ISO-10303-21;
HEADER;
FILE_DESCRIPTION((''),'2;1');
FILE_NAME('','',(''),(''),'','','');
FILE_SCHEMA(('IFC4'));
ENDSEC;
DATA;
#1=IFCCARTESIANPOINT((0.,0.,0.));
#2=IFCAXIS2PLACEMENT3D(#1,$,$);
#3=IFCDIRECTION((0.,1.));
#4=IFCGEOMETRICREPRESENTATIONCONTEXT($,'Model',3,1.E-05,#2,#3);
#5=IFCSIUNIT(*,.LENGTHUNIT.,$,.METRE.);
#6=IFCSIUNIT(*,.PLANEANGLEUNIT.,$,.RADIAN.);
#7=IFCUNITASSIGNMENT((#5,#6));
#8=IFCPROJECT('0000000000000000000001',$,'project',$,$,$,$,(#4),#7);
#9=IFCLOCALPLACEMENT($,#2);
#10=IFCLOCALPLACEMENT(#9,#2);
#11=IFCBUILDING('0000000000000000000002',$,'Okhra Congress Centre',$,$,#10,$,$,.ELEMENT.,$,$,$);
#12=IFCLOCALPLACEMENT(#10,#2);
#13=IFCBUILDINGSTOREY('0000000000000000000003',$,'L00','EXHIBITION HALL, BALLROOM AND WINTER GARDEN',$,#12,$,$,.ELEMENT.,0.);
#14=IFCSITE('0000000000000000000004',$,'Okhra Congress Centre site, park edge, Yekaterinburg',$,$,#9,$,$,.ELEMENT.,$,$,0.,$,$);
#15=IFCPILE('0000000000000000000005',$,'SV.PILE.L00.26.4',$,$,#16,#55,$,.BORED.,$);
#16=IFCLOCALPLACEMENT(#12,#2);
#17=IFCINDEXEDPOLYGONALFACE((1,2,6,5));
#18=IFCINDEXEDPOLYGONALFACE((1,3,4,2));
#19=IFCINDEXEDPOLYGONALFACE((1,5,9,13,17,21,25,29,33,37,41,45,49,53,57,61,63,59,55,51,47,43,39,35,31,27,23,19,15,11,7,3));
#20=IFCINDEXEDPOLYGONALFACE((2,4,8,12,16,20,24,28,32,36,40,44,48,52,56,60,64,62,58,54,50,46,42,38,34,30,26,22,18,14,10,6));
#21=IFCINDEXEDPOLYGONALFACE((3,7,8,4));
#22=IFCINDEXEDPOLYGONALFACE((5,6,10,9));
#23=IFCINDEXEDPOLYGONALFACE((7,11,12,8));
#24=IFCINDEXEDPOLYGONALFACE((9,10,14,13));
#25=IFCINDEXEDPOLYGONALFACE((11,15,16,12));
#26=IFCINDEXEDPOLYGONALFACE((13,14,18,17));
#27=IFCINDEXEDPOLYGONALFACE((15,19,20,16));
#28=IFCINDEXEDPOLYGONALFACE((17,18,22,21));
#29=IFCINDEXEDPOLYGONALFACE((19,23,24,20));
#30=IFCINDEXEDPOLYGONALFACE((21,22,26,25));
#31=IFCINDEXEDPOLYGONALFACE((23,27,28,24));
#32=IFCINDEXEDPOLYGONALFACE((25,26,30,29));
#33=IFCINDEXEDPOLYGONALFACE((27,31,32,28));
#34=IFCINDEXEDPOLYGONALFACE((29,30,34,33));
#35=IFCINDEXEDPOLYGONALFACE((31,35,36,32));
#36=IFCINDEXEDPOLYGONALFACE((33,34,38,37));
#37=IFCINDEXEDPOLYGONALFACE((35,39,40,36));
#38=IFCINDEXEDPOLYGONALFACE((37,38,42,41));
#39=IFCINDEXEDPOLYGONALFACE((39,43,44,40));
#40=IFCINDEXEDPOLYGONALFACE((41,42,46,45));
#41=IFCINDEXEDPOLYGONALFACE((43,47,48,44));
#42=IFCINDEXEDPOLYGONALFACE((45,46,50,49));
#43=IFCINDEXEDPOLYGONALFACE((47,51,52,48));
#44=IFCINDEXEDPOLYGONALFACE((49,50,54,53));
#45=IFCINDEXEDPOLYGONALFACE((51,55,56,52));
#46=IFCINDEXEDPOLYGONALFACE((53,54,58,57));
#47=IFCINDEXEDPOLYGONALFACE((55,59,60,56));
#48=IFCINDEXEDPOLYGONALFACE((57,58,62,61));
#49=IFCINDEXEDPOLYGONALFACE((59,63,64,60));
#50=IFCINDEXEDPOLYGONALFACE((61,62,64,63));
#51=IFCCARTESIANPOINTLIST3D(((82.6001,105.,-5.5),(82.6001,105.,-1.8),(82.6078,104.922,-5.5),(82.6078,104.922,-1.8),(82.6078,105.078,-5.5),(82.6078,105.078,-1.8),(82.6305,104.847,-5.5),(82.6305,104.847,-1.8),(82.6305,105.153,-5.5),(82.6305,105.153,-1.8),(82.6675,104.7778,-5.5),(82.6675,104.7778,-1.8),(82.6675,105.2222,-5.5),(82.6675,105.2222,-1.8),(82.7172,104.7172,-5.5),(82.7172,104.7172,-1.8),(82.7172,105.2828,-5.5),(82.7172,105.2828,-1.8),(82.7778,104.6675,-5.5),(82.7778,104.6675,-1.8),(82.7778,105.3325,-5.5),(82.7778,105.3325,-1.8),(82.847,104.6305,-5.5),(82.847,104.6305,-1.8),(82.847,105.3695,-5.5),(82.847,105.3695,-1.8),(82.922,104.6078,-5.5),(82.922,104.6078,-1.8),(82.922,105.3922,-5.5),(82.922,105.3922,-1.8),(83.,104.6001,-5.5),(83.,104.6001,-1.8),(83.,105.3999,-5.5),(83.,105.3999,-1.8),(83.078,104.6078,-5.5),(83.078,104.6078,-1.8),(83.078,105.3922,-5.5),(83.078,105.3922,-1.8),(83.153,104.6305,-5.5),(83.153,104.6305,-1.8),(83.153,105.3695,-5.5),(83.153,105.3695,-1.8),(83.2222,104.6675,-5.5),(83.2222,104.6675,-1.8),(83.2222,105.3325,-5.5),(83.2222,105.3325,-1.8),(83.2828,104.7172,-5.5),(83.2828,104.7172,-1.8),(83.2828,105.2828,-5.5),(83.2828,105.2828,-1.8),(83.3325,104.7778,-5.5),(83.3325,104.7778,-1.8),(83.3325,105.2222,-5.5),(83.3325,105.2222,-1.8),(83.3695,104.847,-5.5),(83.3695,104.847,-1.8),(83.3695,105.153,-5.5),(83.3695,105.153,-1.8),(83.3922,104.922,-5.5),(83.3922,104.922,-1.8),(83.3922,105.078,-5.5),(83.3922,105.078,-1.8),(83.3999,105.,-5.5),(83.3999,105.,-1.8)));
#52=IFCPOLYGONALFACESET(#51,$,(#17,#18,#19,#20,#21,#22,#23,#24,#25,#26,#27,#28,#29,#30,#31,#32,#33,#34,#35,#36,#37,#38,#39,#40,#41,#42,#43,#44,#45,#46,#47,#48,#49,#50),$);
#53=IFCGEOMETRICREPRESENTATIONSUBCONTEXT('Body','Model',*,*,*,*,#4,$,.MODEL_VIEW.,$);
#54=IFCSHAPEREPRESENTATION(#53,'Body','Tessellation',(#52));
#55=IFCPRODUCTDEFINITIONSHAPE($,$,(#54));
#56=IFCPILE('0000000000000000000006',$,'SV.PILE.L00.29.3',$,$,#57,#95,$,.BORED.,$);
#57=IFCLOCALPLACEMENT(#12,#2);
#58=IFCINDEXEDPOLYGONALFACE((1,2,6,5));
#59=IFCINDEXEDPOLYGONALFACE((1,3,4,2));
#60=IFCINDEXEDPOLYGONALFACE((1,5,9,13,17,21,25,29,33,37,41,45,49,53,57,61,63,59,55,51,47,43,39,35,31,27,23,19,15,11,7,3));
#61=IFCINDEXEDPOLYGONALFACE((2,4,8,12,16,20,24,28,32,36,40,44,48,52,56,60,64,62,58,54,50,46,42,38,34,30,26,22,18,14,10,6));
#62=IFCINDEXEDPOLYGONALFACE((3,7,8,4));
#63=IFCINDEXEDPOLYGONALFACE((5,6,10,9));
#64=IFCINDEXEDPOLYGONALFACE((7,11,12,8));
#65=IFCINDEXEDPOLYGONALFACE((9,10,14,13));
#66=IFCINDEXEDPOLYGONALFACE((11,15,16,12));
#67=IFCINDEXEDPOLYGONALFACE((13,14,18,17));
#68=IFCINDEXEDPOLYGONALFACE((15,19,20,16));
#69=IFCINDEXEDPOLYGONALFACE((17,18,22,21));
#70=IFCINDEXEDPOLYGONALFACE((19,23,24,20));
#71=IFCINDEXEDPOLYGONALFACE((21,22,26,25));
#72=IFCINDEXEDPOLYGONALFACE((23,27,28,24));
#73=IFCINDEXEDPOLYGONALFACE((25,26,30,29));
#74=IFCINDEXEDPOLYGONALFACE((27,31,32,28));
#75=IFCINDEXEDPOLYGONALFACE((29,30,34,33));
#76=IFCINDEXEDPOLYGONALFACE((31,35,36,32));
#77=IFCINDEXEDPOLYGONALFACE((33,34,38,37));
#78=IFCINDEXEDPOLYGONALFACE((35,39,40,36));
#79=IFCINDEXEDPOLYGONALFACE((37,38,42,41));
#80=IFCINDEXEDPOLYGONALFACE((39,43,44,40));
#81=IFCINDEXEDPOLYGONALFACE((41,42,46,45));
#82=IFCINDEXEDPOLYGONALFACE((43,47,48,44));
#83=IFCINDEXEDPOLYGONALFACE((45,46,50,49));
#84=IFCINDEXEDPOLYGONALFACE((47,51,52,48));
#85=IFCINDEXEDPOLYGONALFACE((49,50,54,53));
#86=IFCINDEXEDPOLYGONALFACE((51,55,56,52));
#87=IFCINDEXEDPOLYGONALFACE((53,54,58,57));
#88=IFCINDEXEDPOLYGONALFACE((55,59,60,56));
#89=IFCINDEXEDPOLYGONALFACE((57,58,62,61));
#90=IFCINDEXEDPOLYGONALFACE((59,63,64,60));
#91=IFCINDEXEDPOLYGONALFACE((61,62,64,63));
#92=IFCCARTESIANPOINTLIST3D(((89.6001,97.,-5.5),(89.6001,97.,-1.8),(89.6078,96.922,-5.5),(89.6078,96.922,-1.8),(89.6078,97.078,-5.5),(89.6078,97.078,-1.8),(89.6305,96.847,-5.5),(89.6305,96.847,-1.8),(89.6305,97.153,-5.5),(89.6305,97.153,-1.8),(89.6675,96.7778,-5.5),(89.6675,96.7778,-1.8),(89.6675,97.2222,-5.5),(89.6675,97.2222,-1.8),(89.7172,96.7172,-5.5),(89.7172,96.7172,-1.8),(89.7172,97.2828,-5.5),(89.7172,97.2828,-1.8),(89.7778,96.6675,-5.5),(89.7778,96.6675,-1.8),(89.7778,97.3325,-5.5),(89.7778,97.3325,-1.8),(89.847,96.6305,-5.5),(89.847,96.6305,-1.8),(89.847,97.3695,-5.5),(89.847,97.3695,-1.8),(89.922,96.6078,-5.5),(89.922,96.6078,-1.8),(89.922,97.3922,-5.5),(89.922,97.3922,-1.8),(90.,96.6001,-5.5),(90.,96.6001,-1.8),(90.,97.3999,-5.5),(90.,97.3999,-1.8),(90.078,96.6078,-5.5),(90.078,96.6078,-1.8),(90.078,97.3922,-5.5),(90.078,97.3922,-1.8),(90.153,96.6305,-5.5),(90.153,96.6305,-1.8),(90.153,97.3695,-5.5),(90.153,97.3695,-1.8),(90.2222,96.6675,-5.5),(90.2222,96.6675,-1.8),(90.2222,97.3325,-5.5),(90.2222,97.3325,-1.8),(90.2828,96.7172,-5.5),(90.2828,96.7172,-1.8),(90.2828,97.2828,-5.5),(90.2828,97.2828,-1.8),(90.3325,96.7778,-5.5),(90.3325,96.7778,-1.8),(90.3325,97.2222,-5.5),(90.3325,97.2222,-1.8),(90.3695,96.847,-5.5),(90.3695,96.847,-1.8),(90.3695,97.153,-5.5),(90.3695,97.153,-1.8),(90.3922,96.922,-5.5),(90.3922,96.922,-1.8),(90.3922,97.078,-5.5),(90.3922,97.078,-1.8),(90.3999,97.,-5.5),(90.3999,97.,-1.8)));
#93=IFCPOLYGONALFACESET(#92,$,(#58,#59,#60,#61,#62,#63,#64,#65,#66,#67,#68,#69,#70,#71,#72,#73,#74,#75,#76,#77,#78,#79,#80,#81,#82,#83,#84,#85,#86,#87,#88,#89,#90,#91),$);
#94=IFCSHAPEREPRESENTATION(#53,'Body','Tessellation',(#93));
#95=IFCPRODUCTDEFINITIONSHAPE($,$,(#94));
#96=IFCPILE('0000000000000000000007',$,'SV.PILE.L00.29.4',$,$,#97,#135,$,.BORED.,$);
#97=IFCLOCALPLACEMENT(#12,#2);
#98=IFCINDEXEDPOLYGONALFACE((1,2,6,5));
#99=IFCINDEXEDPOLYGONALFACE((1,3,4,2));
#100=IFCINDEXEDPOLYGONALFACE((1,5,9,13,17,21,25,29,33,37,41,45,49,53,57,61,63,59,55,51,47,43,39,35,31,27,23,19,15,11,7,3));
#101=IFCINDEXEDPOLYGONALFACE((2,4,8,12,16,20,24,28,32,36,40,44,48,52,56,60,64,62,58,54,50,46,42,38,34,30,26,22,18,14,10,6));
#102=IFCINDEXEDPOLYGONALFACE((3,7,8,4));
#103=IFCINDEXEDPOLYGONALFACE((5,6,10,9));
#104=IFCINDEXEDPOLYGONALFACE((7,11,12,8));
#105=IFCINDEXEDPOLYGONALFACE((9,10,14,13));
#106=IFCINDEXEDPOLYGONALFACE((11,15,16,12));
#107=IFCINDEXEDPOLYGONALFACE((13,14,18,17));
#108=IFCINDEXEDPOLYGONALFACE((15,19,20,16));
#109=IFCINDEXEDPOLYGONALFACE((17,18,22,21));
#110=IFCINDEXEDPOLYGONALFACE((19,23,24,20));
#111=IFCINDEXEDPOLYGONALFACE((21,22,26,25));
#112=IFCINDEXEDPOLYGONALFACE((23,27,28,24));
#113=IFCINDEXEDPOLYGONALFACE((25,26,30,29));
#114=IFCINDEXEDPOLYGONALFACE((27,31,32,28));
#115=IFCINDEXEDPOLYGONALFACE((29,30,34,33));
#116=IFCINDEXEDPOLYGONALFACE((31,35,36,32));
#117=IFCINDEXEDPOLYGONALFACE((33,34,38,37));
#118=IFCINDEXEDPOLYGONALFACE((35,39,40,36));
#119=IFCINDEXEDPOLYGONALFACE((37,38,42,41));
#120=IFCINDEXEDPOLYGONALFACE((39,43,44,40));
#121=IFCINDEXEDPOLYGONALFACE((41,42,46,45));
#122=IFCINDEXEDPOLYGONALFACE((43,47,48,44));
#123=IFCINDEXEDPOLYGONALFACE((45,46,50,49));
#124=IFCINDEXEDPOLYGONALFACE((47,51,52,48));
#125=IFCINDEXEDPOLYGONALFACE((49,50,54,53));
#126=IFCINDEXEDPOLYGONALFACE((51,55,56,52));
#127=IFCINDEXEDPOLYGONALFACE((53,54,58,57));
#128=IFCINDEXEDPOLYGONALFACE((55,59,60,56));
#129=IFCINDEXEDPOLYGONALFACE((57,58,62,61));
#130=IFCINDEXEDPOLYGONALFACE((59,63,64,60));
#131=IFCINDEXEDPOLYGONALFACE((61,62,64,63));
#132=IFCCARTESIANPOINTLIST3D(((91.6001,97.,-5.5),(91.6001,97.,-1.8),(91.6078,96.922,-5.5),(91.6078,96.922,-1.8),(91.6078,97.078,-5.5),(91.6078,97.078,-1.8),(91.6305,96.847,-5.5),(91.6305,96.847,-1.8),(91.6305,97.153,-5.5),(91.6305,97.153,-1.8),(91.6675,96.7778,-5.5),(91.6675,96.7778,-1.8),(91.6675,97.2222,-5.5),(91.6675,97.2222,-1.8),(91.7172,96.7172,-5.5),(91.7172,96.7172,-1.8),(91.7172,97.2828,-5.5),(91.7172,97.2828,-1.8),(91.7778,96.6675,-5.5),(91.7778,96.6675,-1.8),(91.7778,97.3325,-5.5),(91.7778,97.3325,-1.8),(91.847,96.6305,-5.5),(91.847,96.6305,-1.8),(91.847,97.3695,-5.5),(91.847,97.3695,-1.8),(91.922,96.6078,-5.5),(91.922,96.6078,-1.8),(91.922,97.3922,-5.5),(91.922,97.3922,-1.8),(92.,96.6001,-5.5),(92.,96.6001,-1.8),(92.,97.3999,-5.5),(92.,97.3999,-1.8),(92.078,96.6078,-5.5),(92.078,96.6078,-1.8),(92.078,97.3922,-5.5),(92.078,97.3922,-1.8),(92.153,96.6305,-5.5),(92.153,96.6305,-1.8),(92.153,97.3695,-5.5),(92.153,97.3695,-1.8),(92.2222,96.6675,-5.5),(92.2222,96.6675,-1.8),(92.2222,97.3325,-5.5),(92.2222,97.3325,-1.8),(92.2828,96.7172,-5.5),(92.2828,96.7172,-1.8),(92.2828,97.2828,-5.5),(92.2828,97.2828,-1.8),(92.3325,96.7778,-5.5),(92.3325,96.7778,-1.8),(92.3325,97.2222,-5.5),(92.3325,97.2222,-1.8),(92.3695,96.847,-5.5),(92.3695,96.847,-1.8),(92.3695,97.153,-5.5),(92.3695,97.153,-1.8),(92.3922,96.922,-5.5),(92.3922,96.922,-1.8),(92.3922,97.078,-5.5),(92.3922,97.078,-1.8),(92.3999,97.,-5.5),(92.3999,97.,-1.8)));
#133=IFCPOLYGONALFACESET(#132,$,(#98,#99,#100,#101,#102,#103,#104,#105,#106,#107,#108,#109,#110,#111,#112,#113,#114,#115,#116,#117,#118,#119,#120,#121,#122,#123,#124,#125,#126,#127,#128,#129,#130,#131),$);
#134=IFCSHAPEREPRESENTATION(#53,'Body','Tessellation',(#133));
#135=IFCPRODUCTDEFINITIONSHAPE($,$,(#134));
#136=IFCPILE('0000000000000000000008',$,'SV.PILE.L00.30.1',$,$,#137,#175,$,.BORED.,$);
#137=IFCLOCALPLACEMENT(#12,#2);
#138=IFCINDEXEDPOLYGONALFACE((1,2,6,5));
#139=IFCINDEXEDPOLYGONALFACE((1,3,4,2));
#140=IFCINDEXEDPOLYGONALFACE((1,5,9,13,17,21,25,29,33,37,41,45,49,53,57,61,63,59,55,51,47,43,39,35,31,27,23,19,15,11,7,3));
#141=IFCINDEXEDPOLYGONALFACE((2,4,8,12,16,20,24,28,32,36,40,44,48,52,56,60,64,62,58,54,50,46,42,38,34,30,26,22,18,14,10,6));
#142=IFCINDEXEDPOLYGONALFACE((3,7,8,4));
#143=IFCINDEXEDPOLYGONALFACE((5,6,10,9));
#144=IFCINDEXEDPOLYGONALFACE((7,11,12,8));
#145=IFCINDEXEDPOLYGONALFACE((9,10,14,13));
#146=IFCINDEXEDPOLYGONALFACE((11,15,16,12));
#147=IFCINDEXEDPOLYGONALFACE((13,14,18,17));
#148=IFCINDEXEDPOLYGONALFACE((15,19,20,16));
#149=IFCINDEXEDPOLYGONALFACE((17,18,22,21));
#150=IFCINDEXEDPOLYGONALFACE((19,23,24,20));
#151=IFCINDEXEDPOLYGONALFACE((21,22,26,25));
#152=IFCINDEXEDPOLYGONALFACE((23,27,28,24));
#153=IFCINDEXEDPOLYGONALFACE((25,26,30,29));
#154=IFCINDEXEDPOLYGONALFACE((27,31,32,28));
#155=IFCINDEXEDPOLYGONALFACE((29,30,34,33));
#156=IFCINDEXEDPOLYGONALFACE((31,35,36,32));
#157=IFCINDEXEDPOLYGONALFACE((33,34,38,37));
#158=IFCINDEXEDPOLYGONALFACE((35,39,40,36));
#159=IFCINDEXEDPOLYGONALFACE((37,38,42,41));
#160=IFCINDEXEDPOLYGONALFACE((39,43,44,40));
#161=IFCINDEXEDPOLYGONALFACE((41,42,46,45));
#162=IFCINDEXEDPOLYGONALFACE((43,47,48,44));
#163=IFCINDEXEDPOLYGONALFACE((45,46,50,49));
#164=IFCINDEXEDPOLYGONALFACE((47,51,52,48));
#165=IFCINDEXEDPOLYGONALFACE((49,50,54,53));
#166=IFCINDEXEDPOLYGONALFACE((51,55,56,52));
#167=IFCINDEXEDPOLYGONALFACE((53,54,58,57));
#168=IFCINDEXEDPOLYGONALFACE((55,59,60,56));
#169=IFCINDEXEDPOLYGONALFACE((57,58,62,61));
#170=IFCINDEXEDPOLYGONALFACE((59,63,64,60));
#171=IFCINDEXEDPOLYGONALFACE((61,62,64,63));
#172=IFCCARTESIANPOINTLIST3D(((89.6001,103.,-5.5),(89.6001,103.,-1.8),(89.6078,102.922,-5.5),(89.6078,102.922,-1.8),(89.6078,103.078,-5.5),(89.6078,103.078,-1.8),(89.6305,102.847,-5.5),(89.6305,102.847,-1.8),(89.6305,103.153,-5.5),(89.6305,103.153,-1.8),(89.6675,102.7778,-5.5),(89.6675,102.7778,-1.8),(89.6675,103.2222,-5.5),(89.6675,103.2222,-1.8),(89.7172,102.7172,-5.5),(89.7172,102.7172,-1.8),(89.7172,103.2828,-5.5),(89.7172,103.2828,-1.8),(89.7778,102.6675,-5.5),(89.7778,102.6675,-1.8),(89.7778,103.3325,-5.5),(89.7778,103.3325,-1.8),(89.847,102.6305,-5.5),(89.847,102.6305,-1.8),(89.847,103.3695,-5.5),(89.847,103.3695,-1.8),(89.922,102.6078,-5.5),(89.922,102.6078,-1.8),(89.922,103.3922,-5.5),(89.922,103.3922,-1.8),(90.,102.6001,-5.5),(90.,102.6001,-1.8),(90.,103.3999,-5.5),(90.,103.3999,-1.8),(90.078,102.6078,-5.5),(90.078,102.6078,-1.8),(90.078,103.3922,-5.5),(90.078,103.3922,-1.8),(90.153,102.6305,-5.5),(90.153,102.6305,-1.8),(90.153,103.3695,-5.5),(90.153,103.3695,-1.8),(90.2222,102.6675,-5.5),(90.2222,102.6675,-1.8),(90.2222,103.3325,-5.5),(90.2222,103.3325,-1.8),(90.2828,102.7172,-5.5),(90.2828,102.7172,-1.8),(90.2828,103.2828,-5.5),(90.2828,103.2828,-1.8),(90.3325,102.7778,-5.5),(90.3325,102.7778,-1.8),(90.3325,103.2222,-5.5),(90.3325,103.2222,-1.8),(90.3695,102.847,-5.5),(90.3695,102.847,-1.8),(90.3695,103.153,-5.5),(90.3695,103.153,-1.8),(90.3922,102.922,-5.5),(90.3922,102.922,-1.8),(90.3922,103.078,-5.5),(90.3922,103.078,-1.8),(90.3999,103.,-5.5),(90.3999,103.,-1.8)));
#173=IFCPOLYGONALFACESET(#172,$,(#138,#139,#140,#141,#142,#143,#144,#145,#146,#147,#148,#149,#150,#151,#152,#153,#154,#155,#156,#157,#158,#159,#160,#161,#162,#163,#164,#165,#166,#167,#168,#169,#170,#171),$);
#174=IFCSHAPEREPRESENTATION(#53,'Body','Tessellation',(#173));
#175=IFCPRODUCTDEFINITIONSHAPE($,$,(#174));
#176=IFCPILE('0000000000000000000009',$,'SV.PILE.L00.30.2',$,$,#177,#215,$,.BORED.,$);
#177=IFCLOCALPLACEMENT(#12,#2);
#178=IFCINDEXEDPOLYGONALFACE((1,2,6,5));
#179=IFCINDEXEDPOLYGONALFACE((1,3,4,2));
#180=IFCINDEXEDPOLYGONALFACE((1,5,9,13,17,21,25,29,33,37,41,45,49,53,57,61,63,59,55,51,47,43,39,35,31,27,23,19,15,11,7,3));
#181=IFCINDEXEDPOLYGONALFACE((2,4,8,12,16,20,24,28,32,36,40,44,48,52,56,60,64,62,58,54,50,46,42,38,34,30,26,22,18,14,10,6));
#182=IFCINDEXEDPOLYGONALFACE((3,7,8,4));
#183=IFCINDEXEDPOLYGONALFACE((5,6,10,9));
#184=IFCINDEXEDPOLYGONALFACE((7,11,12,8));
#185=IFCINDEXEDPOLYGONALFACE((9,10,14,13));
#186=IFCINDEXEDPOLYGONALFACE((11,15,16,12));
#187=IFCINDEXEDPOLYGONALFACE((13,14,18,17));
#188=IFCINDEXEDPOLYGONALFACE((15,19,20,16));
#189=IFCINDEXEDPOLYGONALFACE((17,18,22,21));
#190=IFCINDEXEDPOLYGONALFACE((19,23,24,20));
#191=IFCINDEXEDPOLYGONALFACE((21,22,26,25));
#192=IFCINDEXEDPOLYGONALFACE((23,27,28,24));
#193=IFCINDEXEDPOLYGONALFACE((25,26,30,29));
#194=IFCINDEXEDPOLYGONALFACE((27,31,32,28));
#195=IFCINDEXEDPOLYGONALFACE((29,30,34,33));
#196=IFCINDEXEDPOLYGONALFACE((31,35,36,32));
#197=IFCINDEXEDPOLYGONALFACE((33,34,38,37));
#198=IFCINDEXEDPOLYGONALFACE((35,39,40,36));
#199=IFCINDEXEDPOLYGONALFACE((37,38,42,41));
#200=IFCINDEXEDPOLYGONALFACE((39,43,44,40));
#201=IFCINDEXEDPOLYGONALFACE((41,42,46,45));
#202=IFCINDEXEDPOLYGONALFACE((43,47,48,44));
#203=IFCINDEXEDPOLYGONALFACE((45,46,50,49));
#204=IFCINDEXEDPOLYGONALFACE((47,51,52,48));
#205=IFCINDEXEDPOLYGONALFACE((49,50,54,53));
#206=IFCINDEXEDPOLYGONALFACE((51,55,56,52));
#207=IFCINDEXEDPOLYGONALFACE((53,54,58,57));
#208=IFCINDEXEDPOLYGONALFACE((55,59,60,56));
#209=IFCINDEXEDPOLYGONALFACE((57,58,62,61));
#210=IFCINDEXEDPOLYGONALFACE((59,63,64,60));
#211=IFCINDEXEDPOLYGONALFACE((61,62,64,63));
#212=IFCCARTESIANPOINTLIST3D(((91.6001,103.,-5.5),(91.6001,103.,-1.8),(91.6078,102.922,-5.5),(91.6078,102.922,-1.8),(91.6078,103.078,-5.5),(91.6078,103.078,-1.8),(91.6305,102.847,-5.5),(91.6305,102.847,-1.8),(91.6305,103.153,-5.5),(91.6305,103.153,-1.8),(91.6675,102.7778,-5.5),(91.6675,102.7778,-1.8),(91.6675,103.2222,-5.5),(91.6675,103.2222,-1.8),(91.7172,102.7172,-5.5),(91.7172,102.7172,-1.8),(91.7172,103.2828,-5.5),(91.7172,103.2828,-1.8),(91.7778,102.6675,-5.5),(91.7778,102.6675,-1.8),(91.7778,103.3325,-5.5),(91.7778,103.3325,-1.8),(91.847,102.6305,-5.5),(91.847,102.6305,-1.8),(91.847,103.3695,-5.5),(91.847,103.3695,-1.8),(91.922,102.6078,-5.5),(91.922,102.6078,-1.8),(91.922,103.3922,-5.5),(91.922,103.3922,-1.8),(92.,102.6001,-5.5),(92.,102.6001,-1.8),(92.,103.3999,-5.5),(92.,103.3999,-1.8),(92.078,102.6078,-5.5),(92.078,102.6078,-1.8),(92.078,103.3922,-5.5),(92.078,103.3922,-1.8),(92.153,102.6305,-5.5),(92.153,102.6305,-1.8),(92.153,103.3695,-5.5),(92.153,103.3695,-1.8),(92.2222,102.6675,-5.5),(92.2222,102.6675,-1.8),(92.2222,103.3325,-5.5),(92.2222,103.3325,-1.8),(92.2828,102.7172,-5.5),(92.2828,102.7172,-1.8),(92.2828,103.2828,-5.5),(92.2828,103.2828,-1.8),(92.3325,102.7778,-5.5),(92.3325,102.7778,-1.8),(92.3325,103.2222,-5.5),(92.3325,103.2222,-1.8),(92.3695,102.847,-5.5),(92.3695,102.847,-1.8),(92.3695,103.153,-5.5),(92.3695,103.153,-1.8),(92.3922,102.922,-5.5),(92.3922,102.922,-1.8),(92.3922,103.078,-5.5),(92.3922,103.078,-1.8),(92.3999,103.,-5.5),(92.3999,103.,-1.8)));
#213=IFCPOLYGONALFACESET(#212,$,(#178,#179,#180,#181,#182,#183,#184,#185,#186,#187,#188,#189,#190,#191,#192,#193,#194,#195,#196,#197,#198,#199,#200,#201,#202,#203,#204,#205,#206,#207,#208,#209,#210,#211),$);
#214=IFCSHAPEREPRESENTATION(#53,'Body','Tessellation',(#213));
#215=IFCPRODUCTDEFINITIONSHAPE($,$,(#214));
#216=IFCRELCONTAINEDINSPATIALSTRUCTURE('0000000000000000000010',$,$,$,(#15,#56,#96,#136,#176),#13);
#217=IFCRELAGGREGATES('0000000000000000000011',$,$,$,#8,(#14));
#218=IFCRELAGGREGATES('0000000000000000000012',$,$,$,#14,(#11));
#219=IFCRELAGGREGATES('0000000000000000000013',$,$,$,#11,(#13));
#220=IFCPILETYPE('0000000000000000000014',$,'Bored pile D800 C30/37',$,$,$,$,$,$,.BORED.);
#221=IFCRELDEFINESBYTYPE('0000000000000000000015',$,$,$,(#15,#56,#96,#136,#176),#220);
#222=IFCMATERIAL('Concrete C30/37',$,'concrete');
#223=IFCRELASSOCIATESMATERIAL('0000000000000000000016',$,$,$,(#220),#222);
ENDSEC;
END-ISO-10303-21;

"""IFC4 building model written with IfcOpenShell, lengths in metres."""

from ifc_helpers import new_model, si_unit, direction, frame, origin, origin_2d, place, context, subcontext, project, spatial, circle, extrude, material, material_profile, profile_set, type_object, element, save


model = new_model("IFC4")

# Units and contexts
model_context = context("Model", 3, precision=1e-05, world=origin(), true_north=direction((0.0, 1.0)))
body_context = subcontext(model_context, "Body", "Model", "MODEL_VIEW")
ifc_project = project(units=[si_unit("LENGTHUNIT", "METRE"), si_unit("PLANEANGLEUNIT", "RADIAN")], contexts=[model_context])

# Site, building, storey
site_placement = place(None, origin())
site = spatial("IfcSite", under=ifc_project, at=site_placement, Name="Okhra Congress Centre site, park edge, Yekaterinburg", CompositionType="ELEMENT", RefElevation=0.0)
building_placement = place(site_placement, origin())
building = spatial("IfcBuilding", under=site, at=building_placement, Name="Okhra Congress Centre", CompositionType="ELEMENT")
storey_placement = place(building_placement, origin())
storey = spatial("IfcBuildingStorey", under=building, at=storey_placement, Name="L00", Description="EXHIBITION HALL, BALLROOM AND WINTER GARDEN", CompositionType="ELEMENT", Elevation=0.0)

# Piles
ifc_material_1 = material(Name="Concrete C30/37", Category="concrete")
ifc_material_profile_1 = material_profile(ifc_material_1, circle(Radius=0.3999, at=origin_2d()), Name="D800")
ifc_profile_set_1 = profile_set([ifc_material_profile_1], Name="Concrete C30/37")
pile_type = type_object("IfcPileType", Name="Bored pile D800 C30/37", PredefinedType="BORED", material=ifc_profile_set_1)
for number, where, z_axis, x_axis, name in (
    (1, (83.0, 105.0, -1.8), (0.0, 0.0, -1.0), (1.0, 0.0, 0.0), "SV.PILE.L00.26.4"),
    (2, (90.0, 97.0, -1.8), (0.0, 0.0, -1.0), (1.0, 0.0, 0.0), "SV.PILE.L00.29.3"),
    (3, (92.0, 97.0, -1.8), (0.0, 0.0, -1.0), (1.0, 0.0, 0.0), "SV.PILE.L00.29.4"),
    (4, (90.0, 103.0, -1.8), (0.0, 0.0, -1.0), (1.0, 0.0, 0.0), "SV.PILE.L00.30.1"),
    (5, (92.0, 103.0, -1.8), (0.0, 0.0, -1.0), (1.0, 0.0, 0.0), "SV.PILE.L00.30.2"),
):
    element("IfcPile", number, at=place(storey_placement, frame(where, z_axis=z_axis, x_axis=x_axis)), inside=storey, type_object=pile_type, Name=name, PredefinedType="BORED", context=body_context, shape_type="SweptSolid", body=[
        extrude(circle(Radius=0.3999, at=origin_2d()), origin(), (0.0, 0.0, 1.0), 3.7),
    ])

save(model, "model.ifc")
